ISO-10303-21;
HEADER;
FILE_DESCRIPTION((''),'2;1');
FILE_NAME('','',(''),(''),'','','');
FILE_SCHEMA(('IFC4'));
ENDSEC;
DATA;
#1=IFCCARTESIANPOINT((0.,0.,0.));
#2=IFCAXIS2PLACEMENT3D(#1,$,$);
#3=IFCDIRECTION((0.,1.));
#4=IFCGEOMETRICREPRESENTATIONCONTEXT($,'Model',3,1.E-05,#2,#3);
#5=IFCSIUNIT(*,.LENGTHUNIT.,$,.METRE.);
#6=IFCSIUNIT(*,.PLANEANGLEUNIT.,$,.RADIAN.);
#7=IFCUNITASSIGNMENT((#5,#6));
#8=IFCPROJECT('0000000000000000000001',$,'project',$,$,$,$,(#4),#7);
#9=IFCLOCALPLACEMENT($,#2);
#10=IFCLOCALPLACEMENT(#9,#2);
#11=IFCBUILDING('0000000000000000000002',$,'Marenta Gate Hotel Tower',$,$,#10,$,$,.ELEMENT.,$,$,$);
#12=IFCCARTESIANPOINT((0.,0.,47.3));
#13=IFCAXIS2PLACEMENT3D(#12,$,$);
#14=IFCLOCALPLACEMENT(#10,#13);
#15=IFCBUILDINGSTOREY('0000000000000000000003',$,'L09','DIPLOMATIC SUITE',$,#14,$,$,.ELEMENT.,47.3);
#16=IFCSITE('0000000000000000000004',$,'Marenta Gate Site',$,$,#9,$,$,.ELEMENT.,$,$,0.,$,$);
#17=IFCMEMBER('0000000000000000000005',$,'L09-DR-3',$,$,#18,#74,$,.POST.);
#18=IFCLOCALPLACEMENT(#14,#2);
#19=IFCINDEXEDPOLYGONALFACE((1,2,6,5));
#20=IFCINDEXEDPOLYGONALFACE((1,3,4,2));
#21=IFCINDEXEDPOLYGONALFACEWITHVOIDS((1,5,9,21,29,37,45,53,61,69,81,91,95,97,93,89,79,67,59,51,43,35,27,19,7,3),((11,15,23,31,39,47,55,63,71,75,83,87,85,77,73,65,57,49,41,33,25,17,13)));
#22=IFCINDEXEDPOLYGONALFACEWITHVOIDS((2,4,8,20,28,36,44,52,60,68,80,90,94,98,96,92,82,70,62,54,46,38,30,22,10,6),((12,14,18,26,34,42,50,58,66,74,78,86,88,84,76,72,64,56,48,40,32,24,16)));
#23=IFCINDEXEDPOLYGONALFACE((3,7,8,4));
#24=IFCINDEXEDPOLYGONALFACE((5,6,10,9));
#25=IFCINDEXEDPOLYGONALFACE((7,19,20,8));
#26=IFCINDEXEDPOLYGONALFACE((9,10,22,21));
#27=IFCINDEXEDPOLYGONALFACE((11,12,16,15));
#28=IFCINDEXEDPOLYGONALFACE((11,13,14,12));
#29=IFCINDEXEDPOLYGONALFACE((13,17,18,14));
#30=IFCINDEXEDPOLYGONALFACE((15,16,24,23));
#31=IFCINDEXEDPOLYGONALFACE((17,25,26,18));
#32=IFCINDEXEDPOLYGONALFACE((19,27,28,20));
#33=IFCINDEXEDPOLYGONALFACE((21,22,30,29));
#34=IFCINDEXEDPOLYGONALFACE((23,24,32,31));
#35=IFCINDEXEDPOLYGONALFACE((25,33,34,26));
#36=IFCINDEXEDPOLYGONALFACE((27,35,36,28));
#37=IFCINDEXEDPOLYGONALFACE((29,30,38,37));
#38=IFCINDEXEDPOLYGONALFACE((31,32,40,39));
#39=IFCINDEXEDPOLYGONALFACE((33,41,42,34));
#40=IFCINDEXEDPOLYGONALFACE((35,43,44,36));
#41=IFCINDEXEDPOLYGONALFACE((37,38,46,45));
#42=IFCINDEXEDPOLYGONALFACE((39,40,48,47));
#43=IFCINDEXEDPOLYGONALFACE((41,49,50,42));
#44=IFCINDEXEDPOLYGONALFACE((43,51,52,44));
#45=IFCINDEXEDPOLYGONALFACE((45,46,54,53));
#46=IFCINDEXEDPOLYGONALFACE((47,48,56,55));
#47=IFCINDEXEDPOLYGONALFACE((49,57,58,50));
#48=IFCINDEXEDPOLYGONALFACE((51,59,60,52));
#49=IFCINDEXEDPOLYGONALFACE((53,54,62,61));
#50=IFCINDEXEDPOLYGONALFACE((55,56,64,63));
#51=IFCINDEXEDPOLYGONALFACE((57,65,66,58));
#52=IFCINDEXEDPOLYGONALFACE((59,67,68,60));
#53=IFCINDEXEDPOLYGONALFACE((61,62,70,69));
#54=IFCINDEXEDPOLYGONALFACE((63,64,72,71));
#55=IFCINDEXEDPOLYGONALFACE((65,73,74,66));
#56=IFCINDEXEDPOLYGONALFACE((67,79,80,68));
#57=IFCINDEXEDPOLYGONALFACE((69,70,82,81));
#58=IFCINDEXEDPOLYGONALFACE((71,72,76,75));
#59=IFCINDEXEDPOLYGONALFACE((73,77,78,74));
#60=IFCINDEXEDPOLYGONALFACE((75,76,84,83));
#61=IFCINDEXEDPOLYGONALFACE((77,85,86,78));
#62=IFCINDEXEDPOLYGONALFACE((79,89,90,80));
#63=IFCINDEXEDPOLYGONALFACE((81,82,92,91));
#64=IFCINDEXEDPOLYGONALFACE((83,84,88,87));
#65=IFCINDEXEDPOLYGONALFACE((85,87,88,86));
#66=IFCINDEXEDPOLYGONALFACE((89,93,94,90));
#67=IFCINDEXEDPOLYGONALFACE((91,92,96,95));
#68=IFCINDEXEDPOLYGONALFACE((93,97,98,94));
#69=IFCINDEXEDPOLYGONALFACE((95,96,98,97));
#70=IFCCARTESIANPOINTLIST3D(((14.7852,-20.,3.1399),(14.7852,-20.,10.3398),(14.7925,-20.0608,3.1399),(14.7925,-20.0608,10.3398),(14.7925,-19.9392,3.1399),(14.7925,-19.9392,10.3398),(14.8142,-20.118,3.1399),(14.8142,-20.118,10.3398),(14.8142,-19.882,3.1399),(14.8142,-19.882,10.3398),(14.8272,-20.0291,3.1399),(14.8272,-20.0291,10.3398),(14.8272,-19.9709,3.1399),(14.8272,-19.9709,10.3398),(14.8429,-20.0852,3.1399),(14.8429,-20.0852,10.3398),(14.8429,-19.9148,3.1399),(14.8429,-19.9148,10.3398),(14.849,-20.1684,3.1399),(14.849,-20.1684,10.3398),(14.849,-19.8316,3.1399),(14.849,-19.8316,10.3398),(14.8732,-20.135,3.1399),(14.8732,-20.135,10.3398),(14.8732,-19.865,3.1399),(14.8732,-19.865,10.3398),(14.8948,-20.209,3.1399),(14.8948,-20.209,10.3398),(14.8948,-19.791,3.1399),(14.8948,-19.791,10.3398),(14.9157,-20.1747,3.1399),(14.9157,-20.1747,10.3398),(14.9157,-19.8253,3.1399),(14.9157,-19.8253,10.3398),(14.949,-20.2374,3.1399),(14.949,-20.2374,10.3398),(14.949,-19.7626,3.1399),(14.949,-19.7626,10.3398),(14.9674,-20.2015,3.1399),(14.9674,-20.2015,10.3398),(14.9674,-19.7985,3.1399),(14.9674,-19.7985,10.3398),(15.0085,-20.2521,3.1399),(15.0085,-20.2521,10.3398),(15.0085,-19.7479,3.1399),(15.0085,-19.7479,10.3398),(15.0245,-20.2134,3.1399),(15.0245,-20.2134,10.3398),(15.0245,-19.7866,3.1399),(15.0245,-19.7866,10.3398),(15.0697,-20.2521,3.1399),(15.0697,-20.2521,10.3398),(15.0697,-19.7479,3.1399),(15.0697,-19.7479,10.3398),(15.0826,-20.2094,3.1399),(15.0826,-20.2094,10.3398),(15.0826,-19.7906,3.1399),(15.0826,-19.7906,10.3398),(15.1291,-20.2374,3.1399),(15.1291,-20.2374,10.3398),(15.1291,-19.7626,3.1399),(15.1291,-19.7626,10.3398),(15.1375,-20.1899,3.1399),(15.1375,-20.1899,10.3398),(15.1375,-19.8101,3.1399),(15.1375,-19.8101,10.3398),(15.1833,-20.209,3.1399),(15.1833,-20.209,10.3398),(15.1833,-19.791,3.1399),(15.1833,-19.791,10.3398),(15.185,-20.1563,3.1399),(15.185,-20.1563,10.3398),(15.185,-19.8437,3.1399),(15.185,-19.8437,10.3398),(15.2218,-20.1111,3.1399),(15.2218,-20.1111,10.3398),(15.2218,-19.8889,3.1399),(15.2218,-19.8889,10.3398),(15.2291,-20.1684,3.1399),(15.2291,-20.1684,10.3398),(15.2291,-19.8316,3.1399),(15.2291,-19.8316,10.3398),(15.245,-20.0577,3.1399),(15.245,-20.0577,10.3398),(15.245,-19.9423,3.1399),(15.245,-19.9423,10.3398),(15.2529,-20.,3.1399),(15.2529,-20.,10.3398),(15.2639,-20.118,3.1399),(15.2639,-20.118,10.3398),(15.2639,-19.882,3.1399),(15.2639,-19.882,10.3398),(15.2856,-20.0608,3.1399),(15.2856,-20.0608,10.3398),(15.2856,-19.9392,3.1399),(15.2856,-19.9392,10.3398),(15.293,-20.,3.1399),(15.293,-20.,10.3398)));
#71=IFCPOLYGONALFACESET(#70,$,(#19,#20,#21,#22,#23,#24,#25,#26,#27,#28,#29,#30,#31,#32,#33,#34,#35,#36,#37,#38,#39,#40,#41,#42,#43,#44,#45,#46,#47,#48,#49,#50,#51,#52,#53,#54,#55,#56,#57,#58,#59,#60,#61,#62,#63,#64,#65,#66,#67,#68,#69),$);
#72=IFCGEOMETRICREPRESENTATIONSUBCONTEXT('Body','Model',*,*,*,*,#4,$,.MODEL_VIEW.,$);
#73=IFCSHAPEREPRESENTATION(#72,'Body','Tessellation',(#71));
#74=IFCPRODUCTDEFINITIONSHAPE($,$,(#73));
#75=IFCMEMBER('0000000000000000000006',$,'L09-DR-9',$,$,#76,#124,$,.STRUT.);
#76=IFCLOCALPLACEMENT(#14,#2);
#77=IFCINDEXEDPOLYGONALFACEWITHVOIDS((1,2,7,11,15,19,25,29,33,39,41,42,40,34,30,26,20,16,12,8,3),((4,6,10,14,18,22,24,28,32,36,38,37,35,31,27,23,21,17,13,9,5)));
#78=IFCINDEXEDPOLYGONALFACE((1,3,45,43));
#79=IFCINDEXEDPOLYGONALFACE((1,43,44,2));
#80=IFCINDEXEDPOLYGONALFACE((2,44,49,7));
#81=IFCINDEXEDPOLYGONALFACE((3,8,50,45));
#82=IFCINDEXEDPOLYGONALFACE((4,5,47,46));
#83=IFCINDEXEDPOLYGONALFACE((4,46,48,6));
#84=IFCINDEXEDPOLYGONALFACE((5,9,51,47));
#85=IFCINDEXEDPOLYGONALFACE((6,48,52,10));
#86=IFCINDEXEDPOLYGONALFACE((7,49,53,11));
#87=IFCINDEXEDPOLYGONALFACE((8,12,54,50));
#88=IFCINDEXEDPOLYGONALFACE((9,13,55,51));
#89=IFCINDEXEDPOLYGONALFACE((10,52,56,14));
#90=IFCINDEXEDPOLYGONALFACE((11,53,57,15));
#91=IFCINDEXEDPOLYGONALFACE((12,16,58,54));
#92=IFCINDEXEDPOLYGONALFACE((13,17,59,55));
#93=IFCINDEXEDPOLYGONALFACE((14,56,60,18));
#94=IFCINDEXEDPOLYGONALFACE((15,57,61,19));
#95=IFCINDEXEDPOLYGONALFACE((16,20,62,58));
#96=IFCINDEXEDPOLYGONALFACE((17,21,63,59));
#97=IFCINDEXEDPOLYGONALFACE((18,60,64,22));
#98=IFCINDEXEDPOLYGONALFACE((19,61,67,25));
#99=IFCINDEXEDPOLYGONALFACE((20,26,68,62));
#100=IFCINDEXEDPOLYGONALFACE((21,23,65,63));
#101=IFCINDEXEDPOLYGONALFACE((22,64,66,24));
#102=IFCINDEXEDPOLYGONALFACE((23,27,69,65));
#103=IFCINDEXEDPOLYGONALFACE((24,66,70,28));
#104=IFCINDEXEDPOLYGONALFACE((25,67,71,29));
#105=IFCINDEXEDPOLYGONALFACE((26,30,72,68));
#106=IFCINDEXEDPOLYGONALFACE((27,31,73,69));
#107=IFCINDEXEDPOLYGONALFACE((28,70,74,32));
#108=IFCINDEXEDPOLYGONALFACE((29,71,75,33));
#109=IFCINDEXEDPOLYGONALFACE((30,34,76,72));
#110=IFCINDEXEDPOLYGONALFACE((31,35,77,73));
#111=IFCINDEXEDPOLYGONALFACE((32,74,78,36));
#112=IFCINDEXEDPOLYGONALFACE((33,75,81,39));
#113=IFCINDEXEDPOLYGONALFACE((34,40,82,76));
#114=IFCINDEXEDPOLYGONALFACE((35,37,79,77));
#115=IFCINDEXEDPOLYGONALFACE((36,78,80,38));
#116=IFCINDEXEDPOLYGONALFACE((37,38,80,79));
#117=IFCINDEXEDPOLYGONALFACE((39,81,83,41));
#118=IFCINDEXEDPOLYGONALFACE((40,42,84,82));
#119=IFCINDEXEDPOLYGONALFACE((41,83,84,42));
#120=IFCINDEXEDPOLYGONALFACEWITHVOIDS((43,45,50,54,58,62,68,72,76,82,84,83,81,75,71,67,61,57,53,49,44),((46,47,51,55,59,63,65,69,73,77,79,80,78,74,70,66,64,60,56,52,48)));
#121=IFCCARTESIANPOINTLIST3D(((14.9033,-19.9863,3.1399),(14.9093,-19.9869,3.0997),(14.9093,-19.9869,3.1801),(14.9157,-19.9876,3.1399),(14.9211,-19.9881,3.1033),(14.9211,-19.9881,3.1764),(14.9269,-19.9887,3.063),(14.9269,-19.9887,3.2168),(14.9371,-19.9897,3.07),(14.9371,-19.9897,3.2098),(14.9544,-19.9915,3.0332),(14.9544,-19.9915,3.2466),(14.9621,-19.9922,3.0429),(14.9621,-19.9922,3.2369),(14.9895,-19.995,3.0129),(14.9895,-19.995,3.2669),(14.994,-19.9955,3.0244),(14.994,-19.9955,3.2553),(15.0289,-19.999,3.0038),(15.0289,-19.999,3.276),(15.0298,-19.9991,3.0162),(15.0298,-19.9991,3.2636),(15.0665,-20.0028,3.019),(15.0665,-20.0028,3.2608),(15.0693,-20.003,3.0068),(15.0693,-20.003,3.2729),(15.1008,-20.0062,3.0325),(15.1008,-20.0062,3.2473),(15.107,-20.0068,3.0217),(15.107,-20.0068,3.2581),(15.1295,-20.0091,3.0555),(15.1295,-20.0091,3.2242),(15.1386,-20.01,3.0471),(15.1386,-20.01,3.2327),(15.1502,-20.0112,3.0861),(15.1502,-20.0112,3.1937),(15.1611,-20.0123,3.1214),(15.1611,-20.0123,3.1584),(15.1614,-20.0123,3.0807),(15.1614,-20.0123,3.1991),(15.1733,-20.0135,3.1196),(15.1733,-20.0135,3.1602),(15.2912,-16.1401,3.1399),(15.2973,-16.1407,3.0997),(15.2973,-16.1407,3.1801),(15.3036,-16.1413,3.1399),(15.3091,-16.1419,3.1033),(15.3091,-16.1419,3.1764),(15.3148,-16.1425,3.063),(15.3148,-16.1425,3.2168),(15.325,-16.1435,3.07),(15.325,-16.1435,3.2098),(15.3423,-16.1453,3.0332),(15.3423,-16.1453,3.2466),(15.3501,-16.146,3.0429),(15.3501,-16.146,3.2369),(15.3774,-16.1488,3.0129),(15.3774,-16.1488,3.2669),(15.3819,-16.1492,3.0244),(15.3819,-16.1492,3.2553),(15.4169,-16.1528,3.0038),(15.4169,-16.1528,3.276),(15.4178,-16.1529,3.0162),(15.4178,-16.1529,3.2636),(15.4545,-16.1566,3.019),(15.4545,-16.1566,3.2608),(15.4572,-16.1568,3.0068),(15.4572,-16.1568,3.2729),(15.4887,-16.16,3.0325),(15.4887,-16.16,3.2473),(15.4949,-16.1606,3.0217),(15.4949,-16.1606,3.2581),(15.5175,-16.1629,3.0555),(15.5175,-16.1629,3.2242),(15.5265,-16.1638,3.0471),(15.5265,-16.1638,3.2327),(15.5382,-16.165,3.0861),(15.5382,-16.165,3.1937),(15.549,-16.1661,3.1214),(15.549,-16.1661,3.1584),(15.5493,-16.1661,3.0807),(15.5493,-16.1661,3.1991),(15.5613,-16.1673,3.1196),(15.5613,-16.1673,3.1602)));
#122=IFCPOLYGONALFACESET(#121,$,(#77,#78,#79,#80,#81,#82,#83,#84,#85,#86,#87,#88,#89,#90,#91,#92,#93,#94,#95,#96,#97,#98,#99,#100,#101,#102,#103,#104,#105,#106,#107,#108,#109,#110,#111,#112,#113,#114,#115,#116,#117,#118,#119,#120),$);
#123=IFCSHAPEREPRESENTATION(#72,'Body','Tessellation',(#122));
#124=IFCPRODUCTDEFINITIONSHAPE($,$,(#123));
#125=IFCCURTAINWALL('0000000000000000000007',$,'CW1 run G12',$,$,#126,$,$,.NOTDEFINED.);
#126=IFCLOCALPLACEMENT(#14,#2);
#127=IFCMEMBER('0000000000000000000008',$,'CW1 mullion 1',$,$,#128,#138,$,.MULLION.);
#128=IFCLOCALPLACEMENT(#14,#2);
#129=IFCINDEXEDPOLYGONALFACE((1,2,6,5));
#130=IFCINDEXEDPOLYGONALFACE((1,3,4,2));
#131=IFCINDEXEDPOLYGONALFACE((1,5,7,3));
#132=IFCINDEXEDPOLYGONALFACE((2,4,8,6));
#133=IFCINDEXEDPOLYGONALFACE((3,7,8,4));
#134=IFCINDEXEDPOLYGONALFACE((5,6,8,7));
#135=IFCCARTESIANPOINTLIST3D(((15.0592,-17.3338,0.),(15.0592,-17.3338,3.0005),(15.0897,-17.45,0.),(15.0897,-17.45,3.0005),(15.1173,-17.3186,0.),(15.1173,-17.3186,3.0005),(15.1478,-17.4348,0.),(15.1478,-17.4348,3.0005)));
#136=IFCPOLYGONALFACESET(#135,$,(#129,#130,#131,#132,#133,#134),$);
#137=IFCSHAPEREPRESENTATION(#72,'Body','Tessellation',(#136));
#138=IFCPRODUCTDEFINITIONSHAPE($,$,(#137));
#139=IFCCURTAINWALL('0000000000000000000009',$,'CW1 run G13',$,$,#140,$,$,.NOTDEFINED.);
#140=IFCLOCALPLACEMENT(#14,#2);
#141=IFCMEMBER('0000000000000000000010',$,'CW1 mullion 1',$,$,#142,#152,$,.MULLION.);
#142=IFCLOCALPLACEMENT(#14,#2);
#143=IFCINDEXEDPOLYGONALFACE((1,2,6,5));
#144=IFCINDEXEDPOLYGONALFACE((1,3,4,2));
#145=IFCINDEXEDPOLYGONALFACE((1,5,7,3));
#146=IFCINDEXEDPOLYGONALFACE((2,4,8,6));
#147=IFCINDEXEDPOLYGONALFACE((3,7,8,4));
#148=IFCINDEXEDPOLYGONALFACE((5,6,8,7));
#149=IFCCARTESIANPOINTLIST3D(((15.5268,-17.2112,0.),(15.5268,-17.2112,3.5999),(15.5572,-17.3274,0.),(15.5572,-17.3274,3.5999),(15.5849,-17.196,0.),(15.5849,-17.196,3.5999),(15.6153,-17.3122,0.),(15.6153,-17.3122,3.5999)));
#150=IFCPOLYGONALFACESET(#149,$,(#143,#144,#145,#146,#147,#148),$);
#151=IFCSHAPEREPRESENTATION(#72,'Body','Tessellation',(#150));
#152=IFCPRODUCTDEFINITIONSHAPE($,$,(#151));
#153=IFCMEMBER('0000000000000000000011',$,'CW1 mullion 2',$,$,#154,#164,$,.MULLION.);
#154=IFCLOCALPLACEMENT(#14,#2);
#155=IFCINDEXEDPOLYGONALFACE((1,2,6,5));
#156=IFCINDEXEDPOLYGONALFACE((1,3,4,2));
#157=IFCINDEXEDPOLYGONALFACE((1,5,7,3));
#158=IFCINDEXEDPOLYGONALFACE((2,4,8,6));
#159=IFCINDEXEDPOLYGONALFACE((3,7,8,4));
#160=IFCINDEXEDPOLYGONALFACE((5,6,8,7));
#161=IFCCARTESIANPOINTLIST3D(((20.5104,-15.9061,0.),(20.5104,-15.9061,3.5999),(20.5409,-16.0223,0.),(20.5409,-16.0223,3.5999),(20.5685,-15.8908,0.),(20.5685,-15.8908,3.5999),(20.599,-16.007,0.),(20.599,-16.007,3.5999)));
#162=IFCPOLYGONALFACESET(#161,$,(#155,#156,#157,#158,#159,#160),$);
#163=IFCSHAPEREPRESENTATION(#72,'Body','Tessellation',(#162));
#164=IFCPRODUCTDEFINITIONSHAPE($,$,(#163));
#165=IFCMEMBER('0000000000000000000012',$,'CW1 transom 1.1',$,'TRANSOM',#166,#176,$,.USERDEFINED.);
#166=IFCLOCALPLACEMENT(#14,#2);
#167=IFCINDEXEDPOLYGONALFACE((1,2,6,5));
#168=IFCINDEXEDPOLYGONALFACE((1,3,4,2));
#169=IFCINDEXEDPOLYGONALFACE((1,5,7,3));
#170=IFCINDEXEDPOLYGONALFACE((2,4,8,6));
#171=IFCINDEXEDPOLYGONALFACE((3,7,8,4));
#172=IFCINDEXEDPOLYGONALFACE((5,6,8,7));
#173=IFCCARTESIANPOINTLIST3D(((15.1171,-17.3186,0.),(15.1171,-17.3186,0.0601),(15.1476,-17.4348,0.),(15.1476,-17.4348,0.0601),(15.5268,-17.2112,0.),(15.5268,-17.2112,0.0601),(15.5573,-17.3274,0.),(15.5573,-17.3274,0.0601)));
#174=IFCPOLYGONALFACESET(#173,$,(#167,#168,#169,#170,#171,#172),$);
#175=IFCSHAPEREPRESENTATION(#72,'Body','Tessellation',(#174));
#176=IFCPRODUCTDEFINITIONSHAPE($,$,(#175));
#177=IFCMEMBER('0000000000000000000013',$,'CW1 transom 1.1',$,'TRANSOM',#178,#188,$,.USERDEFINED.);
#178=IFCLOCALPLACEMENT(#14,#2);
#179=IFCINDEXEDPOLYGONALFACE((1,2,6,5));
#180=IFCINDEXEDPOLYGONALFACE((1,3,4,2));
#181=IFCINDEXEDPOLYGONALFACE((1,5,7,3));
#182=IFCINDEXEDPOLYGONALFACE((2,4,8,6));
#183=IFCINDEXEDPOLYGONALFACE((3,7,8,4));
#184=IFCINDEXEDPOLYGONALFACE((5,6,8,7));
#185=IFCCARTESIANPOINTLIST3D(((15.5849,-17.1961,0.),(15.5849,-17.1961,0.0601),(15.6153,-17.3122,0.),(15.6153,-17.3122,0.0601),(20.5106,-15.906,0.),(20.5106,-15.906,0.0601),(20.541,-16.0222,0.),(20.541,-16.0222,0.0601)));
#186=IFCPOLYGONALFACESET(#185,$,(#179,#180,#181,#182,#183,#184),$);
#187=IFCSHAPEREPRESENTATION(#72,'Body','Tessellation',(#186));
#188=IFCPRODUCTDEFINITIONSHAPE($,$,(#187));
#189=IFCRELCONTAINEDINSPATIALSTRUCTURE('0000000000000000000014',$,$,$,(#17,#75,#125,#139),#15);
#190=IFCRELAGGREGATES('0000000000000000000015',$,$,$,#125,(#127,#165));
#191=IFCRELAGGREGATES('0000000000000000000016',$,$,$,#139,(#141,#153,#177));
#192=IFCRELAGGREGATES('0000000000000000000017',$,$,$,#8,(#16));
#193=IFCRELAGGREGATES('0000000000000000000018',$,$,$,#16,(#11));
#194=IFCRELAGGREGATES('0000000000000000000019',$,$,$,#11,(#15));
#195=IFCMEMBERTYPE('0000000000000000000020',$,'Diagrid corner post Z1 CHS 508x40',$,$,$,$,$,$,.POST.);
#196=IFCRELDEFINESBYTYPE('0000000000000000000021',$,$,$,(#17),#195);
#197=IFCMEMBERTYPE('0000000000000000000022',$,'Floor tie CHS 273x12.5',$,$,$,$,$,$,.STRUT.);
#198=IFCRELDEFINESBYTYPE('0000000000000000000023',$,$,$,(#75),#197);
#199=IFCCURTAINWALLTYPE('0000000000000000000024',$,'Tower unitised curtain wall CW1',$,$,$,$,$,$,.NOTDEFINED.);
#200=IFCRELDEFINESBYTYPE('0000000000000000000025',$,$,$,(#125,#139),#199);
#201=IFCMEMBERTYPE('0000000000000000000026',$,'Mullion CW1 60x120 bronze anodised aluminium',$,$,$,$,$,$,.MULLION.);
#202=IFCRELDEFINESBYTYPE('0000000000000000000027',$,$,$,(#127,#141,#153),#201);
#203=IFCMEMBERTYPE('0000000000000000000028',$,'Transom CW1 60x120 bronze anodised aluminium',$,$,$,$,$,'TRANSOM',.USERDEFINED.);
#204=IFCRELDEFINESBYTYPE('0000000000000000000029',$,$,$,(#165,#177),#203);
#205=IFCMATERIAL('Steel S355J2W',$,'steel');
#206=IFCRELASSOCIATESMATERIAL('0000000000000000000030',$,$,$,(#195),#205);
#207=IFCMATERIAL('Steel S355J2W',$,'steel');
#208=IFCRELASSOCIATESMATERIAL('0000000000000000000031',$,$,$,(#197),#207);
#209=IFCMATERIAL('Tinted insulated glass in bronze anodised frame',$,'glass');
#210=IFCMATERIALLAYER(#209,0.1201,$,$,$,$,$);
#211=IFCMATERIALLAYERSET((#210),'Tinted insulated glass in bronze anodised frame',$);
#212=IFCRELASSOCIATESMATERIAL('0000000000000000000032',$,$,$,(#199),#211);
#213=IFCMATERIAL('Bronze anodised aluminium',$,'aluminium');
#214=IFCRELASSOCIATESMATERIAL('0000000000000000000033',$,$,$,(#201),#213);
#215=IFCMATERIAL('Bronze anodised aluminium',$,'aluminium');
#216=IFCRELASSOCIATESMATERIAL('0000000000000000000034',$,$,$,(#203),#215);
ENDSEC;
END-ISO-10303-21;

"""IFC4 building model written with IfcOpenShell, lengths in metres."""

from ifc_helpers import new_model, si_unit, direction, frame, origin, origin_2d, place, context, subcontext, project, spatial, rectangle, hollow_circle, extrude, material, layer, layer_set, material_profile, profile_set, type_object, element, aggregate, save


model = new_model("IFC4")

# Units and contexts
model_context = context("Model", 3, precision=1e-05, world=origin(), true_north=direction((0.0, 1.0)))
body_context = subcontext(model_context, "Body", "Model", "MODEL_VIEW")
ifc_project = project(units=[si_unit("LENGTHUNIT", "METRE"), si_unit("PLANEANGLEUNIT", "RADIAN")], contexts=[model_context])

# Site, building, storey
site_placement = place(None, origin())
site = spatial("IfcSite", under=ifc_project, at=site_placement, Name="Marenta Gate Site", CompositionType="ELEMENT", RefElevation=0.0)
building_placement = place(site_placement, origin())
building = spatial("IfcBuilding", under=site, at=building_placement, Name="Marenta Gate Hotel Tower", CompositionType="ELEMENT")
storey_placement = place(building_placement, frame((0.0, 0.0, 47.3)))
storey = spatial("IfcBuildingStorey", under=building, at=storey_placement, Name="L09", Description="DIPLOMATIC SUITE", CompositionType="ELEMENT", Elevation=47.3)

# Members
ifc_material_1 = material(Name="Steel S355J2W", Category="steel")
ifc_material_profile_1 = material_profile(ifc_material_1, hollow_circle(Radius=0.2539, WallThickness=0.04, at=origin_2d()), Name="CHS 508x40")
ifc_profile_set_1 = profile_set([ifc_material_profile_1], Name="Steel S355J2W")
member_type_1 = type_object("IfcMemberType", Name="Diagrid corner post Z1 CHS 508x40", PredefinedType="POST", material=ifc_profile_set_1)
member_1_placement = place(storey_placement, frame((15.0391, -20.0, 3.1399), z_axis=(0.0, 0.0, 1.0), x_axis=(1.0, 0.0, 0.0)))
element("IfcMember", 1, at=member_1_placement, inside=storey, type_object=member_type_1, Name="L09-DR-3", PredefinedType="POST", context=body_context, shape_type="SweptSolid", body=[
    extrude(hollow_circle(Radius=0.2539, WallThickness=0.04, at=origin_2d()), origin(), (0.0, 0.0, 1.0), 7.2),
])
ifc_material_2 = material(Name="Steel S355J2W", Category="steel")
ifc_material_profile_2 = material_profile(ifc_material_2, hollow_circle(Radius=0.1365, WallThickness=0.0125, at=origin_2d()), Name="CHS 273x12.5")
ifc_profile_set_2 = profile_set([ifc_material_profile_2], Name="Steel S355J2W")
member_type_2 = type_object("IfcMemberType", Name="Floor tie CHS 273x12.5", PredefinedType="STRUT", material=ifc_profile_set_2)
member_2_placement = place(storey_placement, frame((15.0391, -20.0, 3.1399), z_axis=(0.100354, 0.994952, 0.0), x_axis=(-0.994952, 0.100354, 0.0)))
element("IfcMember", 2, at=member_2_placement, inside=storey, type_object=member_type_2, Name="L09-DR-9", PredefinedType="STRUT", context=body_context, shape_type="SweptSolid", body=[
    extrude(hollow_circle(Radius=0.1365, WallThickness=0.0125, at=origin_2d()), origin(), (0.0, 0.0, 1.0), 3.8657),
])

# Curtain wall, member
ifc_material_3 = material(Name="Tinted insulated glass in bronze anodised frame", Category="glass")
ifc_layer_1 = layer(ifc_material_3, 0.1201)
ifc_layer_set_1 = layer_set([ifc_layer_1], Name="Tinted insulated glass in bronze anodised frame")
curtain_wall_type = type_object("IfcCurtainWallType", Name="Tower unitised curtain wall CW1", PredefinedType="NOTDEFINED", material=ifc_layer_set_1)
curtain_wall_1_placement = place(storey_placement, origin())
curtain_wall_1 = element("IfcCurtainWall", 3, at=curtain_wall_1_placement, inside=storey, type_object=curtain_wall_type, Name="CW1 run G12", PredefinedType="NOTDEFINED")
ifc_material_4 = material(Name="Bronze anodised aluminium", Category="aluminium")
ifc_material_profile_3 = material_profile(ifc_material_4, rectangle(XDim=0.1201, YDim=0.0601, at=origin_2d()), Name="Mullion CW1 60x120 bronze anodised aluminium")
ifc_profile_set_3 = profile_set([ifc_material_profile_3], Name="Bronze anodised aluminium")
member_type_3 = type_object("IfcMemberType", Name="Mullion CW1 60x120 bronze anodised aluminium", PredefinedType="MULLION", material=ifc_profile_set_3)
member_3_placement = place(storey_placement, frame((15.1035, -17.3843, 0.0), z_axis=(0.0, 0.0, 1.0), x_axis=(-0.253424, 0.967355, 0.0)))
member_3 = element("IfcMember", 4, at=member_3_placement, type_object=member_type_3, Name="CW1 mullion 1", PredefinedType="MULLION", context=body_context, shape_type="SweptSolid", body=[
    extrude(rectangle(XDim=0.1201, YDim=0.0601, at=origin_2d()), origin(), (0.0, 0.0, 1.0), 3.0005),
])

# Curtain wall, members
curtain_wall_2_placement = place(storey_placement, origin())
curtain_wall_2 = element("IfcCurtainWall", 5, at=curtain_wall_2_placement, inside=storey, type_object=curtain_wall_type, Name="CW1 run G13", PredefinedType="NOTDEFINED")
member_4_placement = place(storey_placement, frame((15.571, -17.2617, 0.0), z_axis=(0.0, 0.0, 1.0), x_axis=(-0.253364, 0.967371, 0.0)))
member_4 = element("IfcMember", 6, at=member_4_placement, type_object=member_type_3, Name="CW1 mullion 1", PredefinedType="MULLION", context=body_context, shape_type="SweptSolid", body=[
    extrude(rectangle(XDim=0.1201, YDim=0.0601, at=origin_2d()), origin(), (0.0, 0.0, 1.0), 3.5999),
])
member_5_placement = place(storey_placement, frame((20.5547, -15.9565, 0.0), z_axis=(0.0, 0.0, 1.0), x_axis=(-0.253364, 0.967371, 0.0)))
member_5 = element("IfcMember", 7, at=member_5_placement, type_object=member_type_3, Name="CW1 mullion 2", PredefinedType="MULLION", context=body_context, shape_type="SweptSolid", body=[
    extrude(rectangle(XDim=0.1201, YDim=0.0601, at=origin_2d()), origin(), (0.0, 0.0, 1.0), 3.5999),
])

# Members
ifc_material_5 = material(Name="Bronze anodised aluminium", Category="aluminium")
ifc_material_profile_4 = material_profile(ifc_material_5, rectangle(XDim=0.1201, YDim=0.0601, at=origin_2d()), Name="Transom CW1 60x120 bronze anodised aluminium")
ifc_profile_set_4 = profile_set([ifc_material_profile_4], Name="Bronze anodised aluminium")
member_type_4 = type_object("IfcMemberType", Name="Transom CW1 60x120 bronze anodised aluminium", ElementType="TRANSOM", PredefinedType="USERDEFINED", material=ifc_profile_set_4)
member_6_placement = place(storey_placement, frame((15.1323, -17.3767, 0.03), z_axis=(0.967298, 0.253642, 0.0), x_axis=(-0.253642, 0.967298, 0.0)))
member_6 = element("IfcMember", 8, at=member_6_placement, type_object=member_type_4, Name="CW1 transom 1.1", ObjectType="TRANSOM", PredefinedType="USERDEFINED", context=body_context, shape_type="SweptSolid", body=[
    extrude(rectangle(XDim=0.1201, YDim=0.0601, at=origin_2d()), origin(), (0.0, 0.0, 1.0), 0.4236),
])
member_7_placement = place(storey_placement, frame((15.6001, -17.2542, 0.03), z_axis=(0.967374, 0.253351, 0.0), x_axis=(-0.253351, 0.967374, 0.0)))
member_7 = element("IfcMember", 9, at=member_7_placement, type_object=member_type_4, Name="CW1 transom 1.1", ObjectType="TRANSOM", PredefinedType="USERDEFINED", context=body_context, shape_type="SweptSolid", body=[
    extrude(rectangle(XDim=0.1201, YDim=0.0601, at=origin_2d()), origin(), (0.0, 0.0, 1.0), 5.0918),
])

aggregate(curtain_wall_1, [member_3, member_6])
aggregate(curtain_wall_2, [member_4, member_5, member_7])

save(model, "model.ifc")
